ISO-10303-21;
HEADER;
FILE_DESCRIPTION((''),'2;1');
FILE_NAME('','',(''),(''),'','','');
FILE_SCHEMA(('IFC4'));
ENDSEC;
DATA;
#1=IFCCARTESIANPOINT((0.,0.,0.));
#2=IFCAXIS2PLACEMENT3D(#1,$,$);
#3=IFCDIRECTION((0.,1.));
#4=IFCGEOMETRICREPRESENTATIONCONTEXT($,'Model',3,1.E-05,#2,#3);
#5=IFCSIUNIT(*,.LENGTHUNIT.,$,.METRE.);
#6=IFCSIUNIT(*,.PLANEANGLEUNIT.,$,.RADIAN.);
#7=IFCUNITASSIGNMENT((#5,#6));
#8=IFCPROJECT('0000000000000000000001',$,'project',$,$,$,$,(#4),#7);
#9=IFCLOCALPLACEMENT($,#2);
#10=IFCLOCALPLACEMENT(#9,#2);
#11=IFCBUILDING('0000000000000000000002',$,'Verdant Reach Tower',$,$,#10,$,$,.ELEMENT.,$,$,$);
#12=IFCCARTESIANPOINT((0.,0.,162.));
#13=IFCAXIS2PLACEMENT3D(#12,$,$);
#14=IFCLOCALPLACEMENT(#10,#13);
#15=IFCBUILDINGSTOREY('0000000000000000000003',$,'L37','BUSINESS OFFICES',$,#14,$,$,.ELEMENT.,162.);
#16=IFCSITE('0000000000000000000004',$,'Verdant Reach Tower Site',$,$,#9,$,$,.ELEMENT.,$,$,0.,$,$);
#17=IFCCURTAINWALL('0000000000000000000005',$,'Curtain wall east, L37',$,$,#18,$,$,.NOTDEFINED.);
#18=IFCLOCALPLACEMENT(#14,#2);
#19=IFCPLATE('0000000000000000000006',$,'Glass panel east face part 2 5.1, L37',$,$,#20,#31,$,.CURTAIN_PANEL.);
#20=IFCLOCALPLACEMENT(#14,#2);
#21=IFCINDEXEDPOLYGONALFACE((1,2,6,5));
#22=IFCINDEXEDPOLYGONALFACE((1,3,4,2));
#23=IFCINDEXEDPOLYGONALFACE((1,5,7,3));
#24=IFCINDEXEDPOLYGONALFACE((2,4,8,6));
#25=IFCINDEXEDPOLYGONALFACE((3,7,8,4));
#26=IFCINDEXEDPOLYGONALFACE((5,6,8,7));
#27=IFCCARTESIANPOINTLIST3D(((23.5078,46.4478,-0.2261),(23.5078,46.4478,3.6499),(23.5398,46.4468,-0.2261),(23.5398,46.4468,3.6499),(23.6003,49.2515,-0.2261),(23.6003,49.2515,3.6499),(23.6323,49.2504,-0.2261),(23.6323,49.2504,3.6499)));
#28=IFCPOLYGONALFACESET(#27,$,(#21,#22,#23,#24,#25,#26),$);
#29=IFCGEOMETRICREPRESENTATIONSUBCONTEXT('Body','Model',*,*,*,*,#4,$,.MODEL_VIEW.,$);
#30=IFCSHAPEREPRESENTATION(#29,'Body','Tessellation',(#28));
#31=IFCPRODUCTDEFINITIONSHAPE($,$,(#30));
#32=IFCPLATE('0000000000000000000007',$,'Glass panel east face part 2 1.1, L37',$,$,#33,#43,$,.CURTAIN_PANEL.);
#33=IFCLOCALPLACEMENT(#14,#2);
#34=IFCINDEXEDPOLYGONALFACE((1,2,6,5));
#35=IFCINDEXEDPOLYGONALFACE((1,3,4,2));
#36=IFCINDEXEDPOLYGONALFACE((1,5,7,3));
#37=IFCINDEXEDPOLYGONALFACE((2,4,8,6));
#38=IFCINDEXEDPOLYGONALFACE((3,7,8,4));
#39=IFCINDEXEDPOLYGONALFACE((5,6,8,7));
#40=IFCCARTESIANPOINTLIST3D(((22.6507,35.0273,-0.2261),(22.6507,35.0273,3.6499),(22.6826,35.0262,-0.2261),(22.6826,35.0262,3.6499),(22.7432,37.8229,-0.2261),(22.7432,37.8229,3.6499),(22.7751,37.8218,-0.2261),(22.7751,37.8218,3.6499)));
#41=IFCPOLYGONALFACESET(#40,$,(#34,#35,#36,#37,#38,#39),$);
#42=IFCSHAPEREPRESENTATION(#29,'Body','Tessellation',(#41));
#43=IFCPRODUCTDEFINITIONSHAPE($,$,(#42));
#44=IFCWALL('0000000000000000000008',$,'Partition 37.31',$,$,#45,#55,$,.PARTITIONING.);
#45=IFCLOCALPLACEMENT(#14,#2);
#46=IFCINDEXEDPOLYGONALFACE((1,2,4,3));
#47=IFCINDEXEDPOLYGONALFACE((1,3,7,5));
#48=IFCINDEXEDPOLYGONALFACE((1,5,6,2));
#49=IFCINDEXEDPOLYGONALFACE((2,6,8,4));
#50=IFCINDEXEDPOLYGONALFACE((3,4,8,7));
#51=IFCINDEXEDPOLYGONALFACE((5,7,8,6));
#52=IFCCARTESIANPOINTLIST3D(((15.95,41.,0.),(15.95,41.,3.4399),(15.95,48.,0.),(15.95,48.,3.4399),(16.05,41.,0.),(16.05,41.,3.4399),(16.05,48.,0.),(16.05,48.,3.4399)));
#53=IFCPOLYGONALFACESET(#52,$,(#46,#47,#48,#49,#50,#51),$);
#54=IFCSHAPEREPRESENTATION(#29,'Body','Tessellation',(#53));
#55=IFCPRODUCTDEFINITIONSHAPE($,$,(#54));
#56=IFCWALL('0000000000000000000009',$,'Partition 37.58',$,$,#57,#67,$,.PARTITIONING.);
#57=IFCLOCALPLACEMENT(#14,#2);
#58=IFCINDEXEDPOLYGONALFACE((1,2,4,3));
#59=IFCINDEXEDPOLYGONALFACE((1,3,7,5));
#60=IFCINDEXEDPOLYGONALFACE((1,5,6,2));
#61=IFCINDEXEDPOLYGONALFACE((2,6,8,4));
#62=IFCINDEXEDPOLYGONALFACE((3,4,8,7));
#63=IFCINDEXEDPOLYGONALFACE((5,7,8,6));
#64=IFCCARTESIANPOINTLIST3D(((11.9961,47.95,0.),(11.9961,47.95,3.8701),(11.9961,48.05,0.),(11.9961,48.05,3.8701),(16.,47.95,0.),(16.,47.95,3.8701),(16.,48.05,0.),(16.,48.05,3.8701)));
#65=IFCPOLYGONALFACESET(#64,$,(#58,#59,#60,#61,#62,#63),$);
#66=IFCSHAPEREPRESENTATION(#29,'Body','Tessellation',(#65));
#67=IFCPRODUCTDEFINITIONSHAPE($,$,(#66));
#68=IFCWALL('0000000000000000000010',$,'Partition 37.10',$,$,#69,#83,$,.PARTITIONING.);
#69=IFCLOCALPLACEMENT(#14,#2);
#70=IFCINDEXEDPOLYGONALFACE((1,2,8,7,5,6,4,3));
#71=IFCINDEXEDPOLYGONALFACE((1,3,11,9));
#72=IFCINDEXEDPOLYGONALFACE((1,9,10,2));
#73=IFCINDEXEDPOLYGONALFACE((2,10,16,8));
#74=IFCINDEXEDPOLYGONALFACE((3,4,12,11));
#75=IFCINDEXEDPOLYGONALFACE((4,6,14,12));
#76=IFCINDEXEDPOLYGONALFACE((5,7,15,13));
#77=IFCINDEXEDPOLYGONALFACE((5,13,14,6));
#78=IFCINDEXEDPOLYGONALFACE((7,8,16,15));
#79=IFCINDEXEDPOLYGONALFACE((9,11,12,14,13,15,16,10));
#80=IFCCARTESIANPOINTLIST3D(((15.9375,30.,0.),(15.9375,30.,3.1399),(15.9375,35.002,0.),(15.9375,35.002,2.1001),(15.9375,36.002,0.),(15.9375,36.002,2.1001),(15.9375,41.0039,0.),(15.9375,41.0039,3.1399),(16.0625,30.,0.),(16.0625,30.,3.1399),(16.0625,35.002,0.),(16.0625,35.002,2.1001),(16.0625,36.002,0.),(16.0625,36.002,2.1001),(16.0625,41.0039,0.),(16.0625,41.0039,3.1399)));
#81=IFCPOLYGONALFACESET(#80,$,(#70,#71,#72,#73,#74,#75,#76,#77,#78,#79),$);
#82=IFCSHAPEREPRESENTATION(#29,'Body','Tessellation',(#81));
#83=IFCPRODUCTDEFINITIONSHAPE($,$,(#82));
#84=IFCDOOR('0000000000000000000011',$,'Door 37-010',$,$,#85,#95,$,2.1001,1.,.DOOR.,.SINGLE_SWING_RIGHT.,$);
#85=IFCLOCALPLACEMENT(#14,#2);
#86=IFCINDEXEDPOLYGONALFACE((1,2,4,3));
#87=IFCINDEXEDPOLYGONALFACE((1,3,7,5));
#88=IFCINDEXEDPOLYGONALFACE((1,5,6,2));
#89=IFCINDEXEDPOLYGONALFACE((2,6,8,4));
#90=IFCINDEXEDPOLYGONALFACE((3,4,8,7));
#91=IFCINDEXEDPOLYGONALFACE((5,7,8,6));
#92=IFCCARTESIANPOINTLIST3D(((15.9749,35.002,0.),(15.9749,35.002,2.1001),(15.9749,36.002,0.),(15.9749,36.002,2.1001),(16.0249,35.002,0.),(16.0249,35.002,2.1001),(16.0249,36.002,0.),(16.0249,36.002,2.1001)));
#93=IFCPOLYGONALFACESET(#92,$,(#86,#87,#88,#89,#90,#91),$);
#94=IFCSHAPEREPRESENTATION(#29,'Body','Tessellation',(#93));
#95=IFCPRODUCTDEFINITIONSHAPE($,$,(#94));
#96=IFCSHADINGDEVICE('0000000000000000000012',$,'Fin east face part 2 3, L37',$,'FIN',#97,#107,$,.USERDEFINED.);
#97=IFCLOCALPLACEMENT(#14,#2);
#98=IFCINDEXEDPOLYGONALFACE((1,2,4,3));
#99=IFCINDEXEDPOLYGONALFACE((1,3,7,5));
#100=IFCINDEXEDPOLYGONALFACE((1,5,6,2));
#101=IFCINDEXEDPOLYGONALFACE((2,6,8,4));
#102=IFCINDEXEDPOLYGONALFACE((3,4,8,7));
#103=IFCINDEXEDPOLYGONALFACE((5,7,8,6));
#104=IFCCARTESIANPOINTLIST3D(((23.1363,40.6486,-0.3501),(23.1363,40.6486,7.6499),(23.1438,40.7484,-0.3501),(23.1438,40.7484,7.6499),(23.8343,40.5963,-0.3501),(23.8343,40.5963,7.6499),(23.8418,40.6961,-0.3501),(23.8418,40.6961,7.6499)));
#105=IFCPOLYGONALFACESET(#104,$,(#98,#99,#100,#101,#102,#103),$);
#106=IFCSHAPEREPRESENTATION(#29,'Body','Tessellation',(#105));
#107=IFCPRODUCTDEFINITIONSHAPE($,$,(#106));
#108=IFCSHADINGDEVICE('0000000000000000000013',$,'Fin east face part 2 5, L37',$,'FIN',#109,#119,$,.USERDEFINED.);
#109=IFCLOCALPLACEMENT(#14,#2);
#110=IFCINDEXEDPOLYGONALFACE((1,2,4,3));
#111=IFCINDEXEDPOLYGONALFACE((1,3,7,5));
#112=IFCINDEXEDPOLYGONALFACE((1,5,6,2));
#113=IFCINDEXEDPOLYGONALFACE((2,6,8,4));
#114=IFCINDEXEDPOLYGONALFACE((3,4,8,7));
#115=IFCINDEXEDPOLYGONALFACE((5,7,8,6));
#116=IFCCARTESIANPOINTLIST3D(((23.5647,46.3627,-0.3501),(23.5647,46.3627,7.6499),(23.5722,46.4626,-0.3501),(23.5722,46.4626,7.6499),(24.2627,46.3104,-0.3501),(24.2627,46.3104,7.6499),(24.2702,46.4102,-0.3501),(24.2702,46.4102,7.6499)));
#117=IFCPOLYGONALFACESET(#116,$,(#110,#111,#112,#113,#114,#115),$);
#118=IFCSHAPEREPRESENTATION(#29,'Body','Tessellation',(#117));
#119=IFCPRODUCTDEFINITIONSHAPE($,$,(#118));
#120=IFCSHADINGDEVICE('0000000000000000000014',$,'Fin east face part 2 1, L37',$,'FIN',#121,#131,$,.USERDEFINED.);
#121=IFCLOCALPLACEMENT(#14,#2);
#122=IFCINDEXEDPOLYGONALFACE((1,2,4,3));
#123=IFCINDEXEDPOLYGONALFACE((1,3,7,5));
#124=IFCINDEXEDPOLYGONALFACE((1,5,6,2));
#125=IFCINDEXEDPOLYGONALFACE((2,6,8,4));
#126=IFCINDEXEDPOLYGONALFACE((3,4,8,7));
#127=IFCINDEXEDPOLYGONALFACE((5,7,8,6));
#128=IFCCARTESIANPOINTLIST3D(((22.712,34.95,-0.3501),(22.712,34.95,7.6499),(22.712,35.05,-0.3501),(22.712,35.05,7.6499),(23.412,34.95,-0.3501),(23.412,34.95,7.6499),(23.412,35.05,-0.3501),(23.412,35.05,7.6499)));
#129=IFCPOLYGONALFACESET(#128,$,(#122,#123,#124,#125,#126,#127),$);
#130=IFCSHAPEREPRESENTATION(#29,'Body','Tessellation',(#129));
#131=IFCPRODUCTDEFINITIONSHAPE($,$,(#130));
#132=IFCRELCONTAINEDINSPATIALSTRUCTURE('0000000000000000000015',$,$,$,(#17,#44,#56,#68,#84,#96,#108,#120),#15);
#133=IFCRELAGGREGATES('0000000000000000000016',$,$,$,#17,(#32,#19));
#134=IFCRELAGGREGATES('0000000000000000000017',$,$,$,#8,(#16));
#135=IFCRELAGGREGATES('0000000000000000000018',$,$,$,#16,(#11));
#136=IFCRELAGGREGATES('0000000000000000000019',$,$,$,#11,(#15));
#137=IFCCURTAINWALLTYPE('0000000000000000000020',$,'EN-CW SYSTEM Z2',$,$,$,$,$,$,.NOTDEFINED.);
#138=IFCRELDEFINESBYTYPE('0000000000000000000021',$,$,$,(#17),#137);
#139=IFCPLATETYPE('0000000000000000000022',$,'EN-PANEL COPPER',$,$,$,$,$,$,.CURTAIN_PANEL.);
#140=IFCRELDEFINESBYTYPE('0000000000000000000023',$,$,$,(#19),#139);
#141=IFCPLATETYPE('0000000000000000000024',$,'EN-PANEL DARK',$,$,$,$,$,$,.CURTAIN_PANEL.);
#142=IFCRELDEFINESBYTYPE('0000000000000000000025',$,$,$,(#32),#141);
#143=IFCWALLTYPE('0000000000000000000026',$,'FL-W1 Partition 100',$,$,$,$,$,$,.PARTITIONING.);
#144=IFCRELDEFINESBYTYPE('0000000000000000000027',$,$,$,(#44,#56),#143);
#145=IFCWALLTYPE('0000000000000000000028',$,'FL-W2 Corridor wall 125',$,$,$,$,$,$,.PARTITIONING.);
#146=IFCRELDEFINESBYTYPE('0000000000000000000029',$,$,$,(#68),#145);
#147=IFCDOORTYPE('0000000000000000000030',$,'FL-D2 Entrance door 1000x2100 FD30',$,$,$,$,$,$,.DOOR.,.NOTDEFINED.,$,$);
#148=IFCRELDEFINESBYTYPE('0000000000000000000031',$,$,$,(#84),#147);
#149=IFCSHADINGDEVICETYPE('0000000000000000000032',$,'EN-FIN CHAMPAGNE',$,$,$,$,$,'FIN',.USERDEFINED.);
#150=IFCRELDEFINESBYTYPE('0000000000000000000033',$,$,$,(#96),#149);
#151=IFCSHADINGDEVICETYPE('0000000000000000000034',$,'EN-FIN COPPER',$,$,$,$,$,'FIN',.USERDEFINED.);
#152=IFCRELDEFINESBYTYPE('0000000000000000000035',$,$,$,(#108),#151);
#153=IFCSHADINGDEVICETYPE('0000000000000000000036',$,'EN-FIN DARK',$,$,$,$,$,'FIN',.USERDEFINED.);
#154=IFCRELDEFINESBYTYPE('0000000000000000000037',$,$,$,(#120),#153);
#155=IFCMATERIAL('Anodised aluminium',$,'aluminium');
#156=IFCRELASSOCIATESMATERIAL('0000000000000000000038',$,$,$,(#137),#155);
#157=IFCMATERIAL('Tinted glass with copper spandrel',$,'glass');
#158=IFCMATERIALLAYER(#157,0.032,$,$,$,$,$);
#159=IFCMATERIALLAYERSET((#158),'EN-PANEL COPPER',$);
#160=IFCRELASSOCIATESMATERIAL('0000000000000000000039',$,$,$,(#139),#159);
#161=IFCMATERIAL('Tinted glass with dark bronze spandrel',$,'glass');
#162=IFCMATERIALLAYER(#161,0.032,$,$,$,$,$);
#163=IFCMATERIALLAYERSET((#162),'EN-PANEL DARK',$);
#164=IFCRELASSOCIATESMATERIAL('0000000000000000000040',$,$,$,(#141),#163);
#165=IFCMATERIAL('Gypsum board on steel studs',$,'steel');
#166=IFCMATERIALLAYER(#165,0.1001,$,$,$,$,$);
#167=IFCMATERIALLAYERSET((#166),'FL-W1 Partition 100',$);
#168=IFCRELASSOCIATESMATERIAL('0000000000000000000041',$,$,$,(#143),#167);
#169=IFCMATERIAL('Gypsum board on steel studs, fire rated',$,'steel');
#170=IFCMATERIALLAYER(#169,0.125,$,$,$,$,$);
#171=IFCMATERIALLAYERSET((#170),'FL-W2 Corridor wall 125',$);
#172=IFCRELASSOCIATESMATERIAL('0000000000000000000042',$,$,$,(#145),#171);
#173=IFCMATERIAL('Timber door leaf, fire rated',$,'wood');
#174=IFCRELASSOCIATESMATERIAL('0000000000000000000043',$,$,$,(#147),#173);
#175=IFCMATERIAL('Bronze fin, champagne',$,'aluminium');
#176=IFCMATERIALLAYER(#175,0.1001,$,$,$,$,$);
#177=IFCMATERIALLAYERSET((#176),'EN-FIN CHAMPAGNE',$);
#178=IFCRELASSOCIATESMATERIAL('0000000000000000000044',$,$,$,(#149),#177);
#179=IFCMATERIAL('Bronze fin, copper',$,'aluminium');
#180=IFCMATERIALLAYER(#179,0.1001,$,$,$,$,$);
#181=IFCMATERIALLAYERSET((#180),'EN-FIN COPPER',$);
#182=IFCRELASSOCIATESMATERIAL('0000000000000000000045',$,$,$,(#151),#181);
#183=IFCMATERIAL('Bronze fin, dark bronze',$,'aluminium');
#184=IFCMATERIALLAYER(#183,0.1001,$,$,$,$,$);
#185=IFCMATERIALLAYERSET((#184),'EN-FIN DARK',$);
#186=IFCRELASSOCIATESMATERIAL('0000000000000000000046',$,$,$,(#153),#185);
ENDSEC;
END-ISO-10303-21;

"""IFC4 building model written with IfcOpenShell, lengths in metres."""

from ifc_helpers import new_model, si_unit, direction, frame, frame_2d, origin, origin_2d, place, context, subcontext, project, spatial, rectangle, extrude, material, layer, layer_set, type_object, element, fill, aggregate, save


model = new_model("IFC4")

# Units and contexts
model_context = context("Model", 3, precision=1e-05, world=origin(), true_north=direction((0.0, 1.0)))
body_context = subcontext(model_context, "Body", "Model", "MODEL_VIEW")
ifc_project = project(units=[si_unit("LENGTHUNIT", "METRE"), si_unit("PLANEANGLEUNIT", "RADIAN")], contexts=[model_context])

# Site, building, storey
site_placement = place(None, origin())
site = spatial("IfcSite", under=ifc_project, at=site_placement, Name="Verdant Reach Tower Site", CompositionType="ELEMENT", RefElevation=0.0)
building_placement = place(site_placement, origin())
building = spatial("IfcBuilding", under=site, at=building_placement, Name="Verdant Reach Tower", CompositionType="ELEMENT")
storey_placement = place(building_placement, frame((0.0, 0.0, 162.0)))
storey = spatial("IfcBuildingStorey", under=building, at=storey_placement, Name="L37", Description="BUSINESS OFFICES", CompositionType="ELEMENT", Elevation=162.0)

# Curtain wall
ifc_material_1 = material(Name="Anodised aluminium", Category="aluminium")
curtain_wall_type = type_object("IfcCurtainWallType", Name="EN-CW SYSTEM Z2", PredefinedType="NOTDEFINED", material=ifc_material_1)
curtain_wall_placement = place(storey_placement, origin())
curtain_wall = element("IfcCurtainWall", 1, at=curtain_wall_placement, inside=storey, type_object=curtain_wall_type, Name="Curtain wall east, L37", PredefinedType="NOTDEFINED")

# Plates
ifc_material_2 = material(Name="Tinted glass with copper spandrel", Category="glass")
ifc_layer_1 = layer(ifc_material_2, 0.032)
ifc_layer_set_1 = layer_set([ifc_layer_1], Name="EN-PANEL COPPER")
plate_type_1 = type_object("IfcPlateType", Name="EN-PANEL COPPER", PredefinedType="CURTAIN_PANEL", material=ifc_layer_set_1)
plate_1_placement = place(storey_placement, frame((23.5701, 47.8491, -0.2261), z_axis=(0.0, 0.0, 1.0), x_axis=(0.032966, 0.999456, 0.0)))
plate_1 = element("IfcPlate", 2, at=plate_1_placement, type_object=plate_type_1, Name="Glass panel east face part 2 5.1, L37", PredefinedType="CURTAIN_PANEL", context=body_context, shape_type="SweptSolid", body=[
    extrude(rectangle(XDim=2.8052, YDim=0.032, at=origin_2d()), origin(), (0.0, 0.0, 1.0), 3.876),
])
ifc_material_3 = material(Name="Tinted glass with dark bronze spandrel", Category="glass")
ifc_layer_2 = layer(ifc_material_3, 0.032)
ifc_layer_set_2 = layer_set([ifc_layer_2], Name="EN-PANEL DARK")
plate_type_2 = type_object("IfcPlateType", Name="EN-PANEL DARK", PredefinedType="CURTAIN_PANEL", material=ifc_layer_set_2)
plate_2_placement = place(storey_placement, frame((22.7129, 36.4246, -0.2261), z_axis=(0.0, 0.0, 1.0), x_axis=(0.03307, 0.999453, 0.0)))
plate_2 = element("IfcPlate", 3, at=plate_2_placement, type_object=plate_type_2, Name="Glass panel east face part 2 1.1, L37", PredefinedType="CURTAIN_PANEL", context=body_context, shape_type="SweptSolid", body=[
    extrude(rectangle(XDim=2.7971, YDim=0.032, at=origin_2d()), origin(), (0.0, 0.0, 1.0), 3.876),
])
aggregate(curtain_wall, [plate_2, plate_1])

# Walls
ifc_material_4 = material(Name="Gypsum board on steel studs", Category="steel")
ifc_layer_3 = layer(ifc_material_4, 0.1001)
ifc_layer_set_3 = layer_set([ifc_layer_3], Name="FL-W1 Partition 100")
wall_type_1 = type_object("IfcWallType", Name="FL-W1 Partition 100", PredefinedType="PARTITIONING", material=ifc_layer_set_3)
wall_1_placement = place(storey_placement, frame((16.0, 48.0, 0.0), z_axis=(0.0, 0.0, 1.0), x_axis=(0.0, -1.0, 0.0)))
element("IfcWall", 4, at=wall_1_placement, inside=storey, type_object=wall_type_1, Name="Partition 37.31", PredefinedType="PARTITIONING", context=body_context, shape_type="SweptSolid", body=[
    extrude(rectangle(XDim=7.0, YDim=0.1001, at=frame_2d((3.5, 0.0))), origin(), (0.0, 0.0, 1.0), 3.4399),
])
wall_2_placement = place(storey_placement, frame((16.0, 48.0, 0.0), z_axis=(0.0, 0.0, 1.0), x_axis=(-1.0, 0.0, 0.0)))
element("IfcWall", 5, at=wall_2_placement, inside=storey, type_object=wall_type_1, Name="Partition 37.58", PredefinedType="PARTITIONING", context=body_context, shape_type="SweptSolid", body=[
    extrude(rectangle(XDim=4.0039, YDim=0.1001, at=frame_2d((2.002, 0.0))), origin(), (0.0, 0.0, 1.0), 3.8701),
])

# Wall, opening, door
ifc_material_5 = material(Name="Gypsum board on steel studs, fire rated", Category="steel")
ifc_layer_4 = layer(ifc_material_5, 0.125)
ifc_layer_set_4 = layer_set([ifc_layer_4], Name="FL-W2 Corridor wall 125")
wall_type_2 = type_object("IfcWallType", Name="FL-W2 Corridor wall 125", PredefinedType="PARTITIONING", material=ifc_layer_set_4)
wall_3_placement = place(storey_placement, frame((16.0, 41.0039, 0.0), z_axis=(0.0, 0.0, 1.0), x_axis=(0.0, -1.0, 0.0)))
wall_3 = element("IfcWall", 6, at=wall_3_placement, inside=storey, type_object=wall_type_2, Name="Partition 37.10", PredefinedType="PARTITIONING", context=body_context, shape_type="SweptSolid", body=[
    extrude(rectangle(XDim=11.0039, YDim=0.125, at=frame_2d((5.502, 0.0))), origin(), (0.0, 0.0, 1.0), 3.1399),
])
opening_placement = place(wall_3_placement, frame((5.002, 0.0, 0.0)))
opening = element("IfcOpeningElement", 7, at=opening_placement, cuts=wall_3, PredefinedType="OPENING", context=body_context, shape_type="SweptSolid", body=[
    extrude(rectangle(XDim=1.0, YDim=2.1001, at=frame_2d((0.5, 1.05))), frame((0.0, 0.0725, 0.0), z_axis=(0.0, -1.0, 0.0), x_axis=(1.0, 0.0, 0.0)), (0.0, 0.0, 1.0), 0.145),
])
ifc_material_6 = material(Name="Timber door leaf, fire rated", Category="wood")
door_type = type_object("IfcDoorType", Name="FL-D2 Entrance door 1000x2100 FD30", OperationType="NOTDEFINED", PredefinedType="DOOR", material=ifc_material_6)
door_placement = place(opening_placement, origin())
door = element("IfcDoor", 8, at=door_placement, inside=storey, type_object=door_type, Name="Door 37-010", OperationType="SINGLE_SWING_RIGHT", OverallHeight=2.1001, OverallWidth=1.0, PredefinedType="DOOR", context=body_context, shape_type="SweptSolid", body=[
    extrude(rectangle(XDim=1.0, YDim=2.1001, at=frame_2d((0.5, 1.05))), frame((0.0, 0.0249, 0.0), z_axis=(0.0, -1.0, 0.0), x_axis=(1.0, 0.0, 0.0)), (0.0, 0.0, 1.0), 0.05),
])
fill(opening, door)

# Shading devices
ifc_material_7 = material(Name="Bronze fin, champagne", Category="aluminium")
ifc_layer_5 = layer(ifc_material_7, 0.1001)
ifc_layer_set_5 = layer_set([ifc_layer_5], Name="EN-FIN CHAMPAGNE")
shading_device_type_1 = type_object("IfcShadingDeviceType", Name="EN-FIN CHAMPAGNE", ElementType="FIN", PredefinedType="USERDEFINED", material=ifc_layer_set_5)
shading_device_1_placement = place(storey_placement, frame((23.489, 40.6724, -0.3501), z_axis=(0.0, 0.0, 1.0), x_axis=(0.07479, 0.997199, 0.0)))
element("IfcShadingDevice", 9, at=shading_device_1_placement, inside=storey, type_object=shading_device_type_1, Name="Fin east face part 2 3, L37", ObjectType="FIN", PredefinedType="USERDEFINED", context=body_context, shape_type="SweptSolid", body=[
    extrude(rectangle(XDim=0.1001, YDim=0.7, at=origin_2d()), origin(), (0.0, 0.0, 1.0), 8.0),
])
ifc_material_8 = material(Name="Bronze fin, copper", Category="aluminium")
ifc_layer_6 = layer(ifc_material_8, 0.1001)
ifc_layer_set_6 = layer_set([ifc_layer_6], Name="EN-FIN COPPER")
shading_device_type_2 = type_object("IfcShadingDeviceType", Name="EN-FIN COPPER", ElementType="FIN", PredefinedType="USERDEFINED", material=ifc_layer_set_6)
shading_device_2_placement = place(storey_placement, frame((23.9175, 46.3865, -0.3501), z_axis=(0.0, 0.0, 1.0), x_axis=(0.07479, 0.997199, 0.0)))
element("IfcShadingDevice", 10, at=shading_device_2_placement, inside=storey, type_object=shading_device_type_2, Name="Fin east face part 2 5, L37", ObjectType="FIN", PredefinedType="USERDEFINED", context=body_context, shape_type="SweptSolid", body=[
    extrude(rectangle(XDim=0.1001, YDim=0.7, at=origin_2d()), origin(), (0.0, 0.0, 1.0), 8.0),
])
ifc_material_9 = material(Name="Bronze fin, dark bronze", Category="aluminium")
ifc_layer_7 = layer(ifc_material_9, 0.1001)
ifc_layer_set_7 = layer_set([ifc_layer_7], Name="EN-FIN DARK")
shading_device_type_3 = type_object("IfcShadingDeviceType", Name="EN-FIN DARK", ElementType="FIN", PredefinedType="USERDEFINED", material=ifc_layer_set_7)
shading_device_3_placement = place(storey_placement, frame((23.062, 35.0, -0.3501), z_axis=(0.0, 0.0, 1.0), x_axis=(0.0, 1.0, 0.0)))
element("IfcShadingDevice", 11, at=shading_device_3_placement, inside=storey, type_object=shading_device_type_3, Name="Fin east face part 2 1, L37", ObjectType="FIN", PredefinedType="USERDEFINED", context=body_context, shape_type="SweptSolid", body=[
    extrude(rectangle(XDim=0.1001, YDim=0.7, at=origin_2d()), origin(), (0.0, 0.0, 1.0), 8.0),
])

save(model, "model.ifc")
